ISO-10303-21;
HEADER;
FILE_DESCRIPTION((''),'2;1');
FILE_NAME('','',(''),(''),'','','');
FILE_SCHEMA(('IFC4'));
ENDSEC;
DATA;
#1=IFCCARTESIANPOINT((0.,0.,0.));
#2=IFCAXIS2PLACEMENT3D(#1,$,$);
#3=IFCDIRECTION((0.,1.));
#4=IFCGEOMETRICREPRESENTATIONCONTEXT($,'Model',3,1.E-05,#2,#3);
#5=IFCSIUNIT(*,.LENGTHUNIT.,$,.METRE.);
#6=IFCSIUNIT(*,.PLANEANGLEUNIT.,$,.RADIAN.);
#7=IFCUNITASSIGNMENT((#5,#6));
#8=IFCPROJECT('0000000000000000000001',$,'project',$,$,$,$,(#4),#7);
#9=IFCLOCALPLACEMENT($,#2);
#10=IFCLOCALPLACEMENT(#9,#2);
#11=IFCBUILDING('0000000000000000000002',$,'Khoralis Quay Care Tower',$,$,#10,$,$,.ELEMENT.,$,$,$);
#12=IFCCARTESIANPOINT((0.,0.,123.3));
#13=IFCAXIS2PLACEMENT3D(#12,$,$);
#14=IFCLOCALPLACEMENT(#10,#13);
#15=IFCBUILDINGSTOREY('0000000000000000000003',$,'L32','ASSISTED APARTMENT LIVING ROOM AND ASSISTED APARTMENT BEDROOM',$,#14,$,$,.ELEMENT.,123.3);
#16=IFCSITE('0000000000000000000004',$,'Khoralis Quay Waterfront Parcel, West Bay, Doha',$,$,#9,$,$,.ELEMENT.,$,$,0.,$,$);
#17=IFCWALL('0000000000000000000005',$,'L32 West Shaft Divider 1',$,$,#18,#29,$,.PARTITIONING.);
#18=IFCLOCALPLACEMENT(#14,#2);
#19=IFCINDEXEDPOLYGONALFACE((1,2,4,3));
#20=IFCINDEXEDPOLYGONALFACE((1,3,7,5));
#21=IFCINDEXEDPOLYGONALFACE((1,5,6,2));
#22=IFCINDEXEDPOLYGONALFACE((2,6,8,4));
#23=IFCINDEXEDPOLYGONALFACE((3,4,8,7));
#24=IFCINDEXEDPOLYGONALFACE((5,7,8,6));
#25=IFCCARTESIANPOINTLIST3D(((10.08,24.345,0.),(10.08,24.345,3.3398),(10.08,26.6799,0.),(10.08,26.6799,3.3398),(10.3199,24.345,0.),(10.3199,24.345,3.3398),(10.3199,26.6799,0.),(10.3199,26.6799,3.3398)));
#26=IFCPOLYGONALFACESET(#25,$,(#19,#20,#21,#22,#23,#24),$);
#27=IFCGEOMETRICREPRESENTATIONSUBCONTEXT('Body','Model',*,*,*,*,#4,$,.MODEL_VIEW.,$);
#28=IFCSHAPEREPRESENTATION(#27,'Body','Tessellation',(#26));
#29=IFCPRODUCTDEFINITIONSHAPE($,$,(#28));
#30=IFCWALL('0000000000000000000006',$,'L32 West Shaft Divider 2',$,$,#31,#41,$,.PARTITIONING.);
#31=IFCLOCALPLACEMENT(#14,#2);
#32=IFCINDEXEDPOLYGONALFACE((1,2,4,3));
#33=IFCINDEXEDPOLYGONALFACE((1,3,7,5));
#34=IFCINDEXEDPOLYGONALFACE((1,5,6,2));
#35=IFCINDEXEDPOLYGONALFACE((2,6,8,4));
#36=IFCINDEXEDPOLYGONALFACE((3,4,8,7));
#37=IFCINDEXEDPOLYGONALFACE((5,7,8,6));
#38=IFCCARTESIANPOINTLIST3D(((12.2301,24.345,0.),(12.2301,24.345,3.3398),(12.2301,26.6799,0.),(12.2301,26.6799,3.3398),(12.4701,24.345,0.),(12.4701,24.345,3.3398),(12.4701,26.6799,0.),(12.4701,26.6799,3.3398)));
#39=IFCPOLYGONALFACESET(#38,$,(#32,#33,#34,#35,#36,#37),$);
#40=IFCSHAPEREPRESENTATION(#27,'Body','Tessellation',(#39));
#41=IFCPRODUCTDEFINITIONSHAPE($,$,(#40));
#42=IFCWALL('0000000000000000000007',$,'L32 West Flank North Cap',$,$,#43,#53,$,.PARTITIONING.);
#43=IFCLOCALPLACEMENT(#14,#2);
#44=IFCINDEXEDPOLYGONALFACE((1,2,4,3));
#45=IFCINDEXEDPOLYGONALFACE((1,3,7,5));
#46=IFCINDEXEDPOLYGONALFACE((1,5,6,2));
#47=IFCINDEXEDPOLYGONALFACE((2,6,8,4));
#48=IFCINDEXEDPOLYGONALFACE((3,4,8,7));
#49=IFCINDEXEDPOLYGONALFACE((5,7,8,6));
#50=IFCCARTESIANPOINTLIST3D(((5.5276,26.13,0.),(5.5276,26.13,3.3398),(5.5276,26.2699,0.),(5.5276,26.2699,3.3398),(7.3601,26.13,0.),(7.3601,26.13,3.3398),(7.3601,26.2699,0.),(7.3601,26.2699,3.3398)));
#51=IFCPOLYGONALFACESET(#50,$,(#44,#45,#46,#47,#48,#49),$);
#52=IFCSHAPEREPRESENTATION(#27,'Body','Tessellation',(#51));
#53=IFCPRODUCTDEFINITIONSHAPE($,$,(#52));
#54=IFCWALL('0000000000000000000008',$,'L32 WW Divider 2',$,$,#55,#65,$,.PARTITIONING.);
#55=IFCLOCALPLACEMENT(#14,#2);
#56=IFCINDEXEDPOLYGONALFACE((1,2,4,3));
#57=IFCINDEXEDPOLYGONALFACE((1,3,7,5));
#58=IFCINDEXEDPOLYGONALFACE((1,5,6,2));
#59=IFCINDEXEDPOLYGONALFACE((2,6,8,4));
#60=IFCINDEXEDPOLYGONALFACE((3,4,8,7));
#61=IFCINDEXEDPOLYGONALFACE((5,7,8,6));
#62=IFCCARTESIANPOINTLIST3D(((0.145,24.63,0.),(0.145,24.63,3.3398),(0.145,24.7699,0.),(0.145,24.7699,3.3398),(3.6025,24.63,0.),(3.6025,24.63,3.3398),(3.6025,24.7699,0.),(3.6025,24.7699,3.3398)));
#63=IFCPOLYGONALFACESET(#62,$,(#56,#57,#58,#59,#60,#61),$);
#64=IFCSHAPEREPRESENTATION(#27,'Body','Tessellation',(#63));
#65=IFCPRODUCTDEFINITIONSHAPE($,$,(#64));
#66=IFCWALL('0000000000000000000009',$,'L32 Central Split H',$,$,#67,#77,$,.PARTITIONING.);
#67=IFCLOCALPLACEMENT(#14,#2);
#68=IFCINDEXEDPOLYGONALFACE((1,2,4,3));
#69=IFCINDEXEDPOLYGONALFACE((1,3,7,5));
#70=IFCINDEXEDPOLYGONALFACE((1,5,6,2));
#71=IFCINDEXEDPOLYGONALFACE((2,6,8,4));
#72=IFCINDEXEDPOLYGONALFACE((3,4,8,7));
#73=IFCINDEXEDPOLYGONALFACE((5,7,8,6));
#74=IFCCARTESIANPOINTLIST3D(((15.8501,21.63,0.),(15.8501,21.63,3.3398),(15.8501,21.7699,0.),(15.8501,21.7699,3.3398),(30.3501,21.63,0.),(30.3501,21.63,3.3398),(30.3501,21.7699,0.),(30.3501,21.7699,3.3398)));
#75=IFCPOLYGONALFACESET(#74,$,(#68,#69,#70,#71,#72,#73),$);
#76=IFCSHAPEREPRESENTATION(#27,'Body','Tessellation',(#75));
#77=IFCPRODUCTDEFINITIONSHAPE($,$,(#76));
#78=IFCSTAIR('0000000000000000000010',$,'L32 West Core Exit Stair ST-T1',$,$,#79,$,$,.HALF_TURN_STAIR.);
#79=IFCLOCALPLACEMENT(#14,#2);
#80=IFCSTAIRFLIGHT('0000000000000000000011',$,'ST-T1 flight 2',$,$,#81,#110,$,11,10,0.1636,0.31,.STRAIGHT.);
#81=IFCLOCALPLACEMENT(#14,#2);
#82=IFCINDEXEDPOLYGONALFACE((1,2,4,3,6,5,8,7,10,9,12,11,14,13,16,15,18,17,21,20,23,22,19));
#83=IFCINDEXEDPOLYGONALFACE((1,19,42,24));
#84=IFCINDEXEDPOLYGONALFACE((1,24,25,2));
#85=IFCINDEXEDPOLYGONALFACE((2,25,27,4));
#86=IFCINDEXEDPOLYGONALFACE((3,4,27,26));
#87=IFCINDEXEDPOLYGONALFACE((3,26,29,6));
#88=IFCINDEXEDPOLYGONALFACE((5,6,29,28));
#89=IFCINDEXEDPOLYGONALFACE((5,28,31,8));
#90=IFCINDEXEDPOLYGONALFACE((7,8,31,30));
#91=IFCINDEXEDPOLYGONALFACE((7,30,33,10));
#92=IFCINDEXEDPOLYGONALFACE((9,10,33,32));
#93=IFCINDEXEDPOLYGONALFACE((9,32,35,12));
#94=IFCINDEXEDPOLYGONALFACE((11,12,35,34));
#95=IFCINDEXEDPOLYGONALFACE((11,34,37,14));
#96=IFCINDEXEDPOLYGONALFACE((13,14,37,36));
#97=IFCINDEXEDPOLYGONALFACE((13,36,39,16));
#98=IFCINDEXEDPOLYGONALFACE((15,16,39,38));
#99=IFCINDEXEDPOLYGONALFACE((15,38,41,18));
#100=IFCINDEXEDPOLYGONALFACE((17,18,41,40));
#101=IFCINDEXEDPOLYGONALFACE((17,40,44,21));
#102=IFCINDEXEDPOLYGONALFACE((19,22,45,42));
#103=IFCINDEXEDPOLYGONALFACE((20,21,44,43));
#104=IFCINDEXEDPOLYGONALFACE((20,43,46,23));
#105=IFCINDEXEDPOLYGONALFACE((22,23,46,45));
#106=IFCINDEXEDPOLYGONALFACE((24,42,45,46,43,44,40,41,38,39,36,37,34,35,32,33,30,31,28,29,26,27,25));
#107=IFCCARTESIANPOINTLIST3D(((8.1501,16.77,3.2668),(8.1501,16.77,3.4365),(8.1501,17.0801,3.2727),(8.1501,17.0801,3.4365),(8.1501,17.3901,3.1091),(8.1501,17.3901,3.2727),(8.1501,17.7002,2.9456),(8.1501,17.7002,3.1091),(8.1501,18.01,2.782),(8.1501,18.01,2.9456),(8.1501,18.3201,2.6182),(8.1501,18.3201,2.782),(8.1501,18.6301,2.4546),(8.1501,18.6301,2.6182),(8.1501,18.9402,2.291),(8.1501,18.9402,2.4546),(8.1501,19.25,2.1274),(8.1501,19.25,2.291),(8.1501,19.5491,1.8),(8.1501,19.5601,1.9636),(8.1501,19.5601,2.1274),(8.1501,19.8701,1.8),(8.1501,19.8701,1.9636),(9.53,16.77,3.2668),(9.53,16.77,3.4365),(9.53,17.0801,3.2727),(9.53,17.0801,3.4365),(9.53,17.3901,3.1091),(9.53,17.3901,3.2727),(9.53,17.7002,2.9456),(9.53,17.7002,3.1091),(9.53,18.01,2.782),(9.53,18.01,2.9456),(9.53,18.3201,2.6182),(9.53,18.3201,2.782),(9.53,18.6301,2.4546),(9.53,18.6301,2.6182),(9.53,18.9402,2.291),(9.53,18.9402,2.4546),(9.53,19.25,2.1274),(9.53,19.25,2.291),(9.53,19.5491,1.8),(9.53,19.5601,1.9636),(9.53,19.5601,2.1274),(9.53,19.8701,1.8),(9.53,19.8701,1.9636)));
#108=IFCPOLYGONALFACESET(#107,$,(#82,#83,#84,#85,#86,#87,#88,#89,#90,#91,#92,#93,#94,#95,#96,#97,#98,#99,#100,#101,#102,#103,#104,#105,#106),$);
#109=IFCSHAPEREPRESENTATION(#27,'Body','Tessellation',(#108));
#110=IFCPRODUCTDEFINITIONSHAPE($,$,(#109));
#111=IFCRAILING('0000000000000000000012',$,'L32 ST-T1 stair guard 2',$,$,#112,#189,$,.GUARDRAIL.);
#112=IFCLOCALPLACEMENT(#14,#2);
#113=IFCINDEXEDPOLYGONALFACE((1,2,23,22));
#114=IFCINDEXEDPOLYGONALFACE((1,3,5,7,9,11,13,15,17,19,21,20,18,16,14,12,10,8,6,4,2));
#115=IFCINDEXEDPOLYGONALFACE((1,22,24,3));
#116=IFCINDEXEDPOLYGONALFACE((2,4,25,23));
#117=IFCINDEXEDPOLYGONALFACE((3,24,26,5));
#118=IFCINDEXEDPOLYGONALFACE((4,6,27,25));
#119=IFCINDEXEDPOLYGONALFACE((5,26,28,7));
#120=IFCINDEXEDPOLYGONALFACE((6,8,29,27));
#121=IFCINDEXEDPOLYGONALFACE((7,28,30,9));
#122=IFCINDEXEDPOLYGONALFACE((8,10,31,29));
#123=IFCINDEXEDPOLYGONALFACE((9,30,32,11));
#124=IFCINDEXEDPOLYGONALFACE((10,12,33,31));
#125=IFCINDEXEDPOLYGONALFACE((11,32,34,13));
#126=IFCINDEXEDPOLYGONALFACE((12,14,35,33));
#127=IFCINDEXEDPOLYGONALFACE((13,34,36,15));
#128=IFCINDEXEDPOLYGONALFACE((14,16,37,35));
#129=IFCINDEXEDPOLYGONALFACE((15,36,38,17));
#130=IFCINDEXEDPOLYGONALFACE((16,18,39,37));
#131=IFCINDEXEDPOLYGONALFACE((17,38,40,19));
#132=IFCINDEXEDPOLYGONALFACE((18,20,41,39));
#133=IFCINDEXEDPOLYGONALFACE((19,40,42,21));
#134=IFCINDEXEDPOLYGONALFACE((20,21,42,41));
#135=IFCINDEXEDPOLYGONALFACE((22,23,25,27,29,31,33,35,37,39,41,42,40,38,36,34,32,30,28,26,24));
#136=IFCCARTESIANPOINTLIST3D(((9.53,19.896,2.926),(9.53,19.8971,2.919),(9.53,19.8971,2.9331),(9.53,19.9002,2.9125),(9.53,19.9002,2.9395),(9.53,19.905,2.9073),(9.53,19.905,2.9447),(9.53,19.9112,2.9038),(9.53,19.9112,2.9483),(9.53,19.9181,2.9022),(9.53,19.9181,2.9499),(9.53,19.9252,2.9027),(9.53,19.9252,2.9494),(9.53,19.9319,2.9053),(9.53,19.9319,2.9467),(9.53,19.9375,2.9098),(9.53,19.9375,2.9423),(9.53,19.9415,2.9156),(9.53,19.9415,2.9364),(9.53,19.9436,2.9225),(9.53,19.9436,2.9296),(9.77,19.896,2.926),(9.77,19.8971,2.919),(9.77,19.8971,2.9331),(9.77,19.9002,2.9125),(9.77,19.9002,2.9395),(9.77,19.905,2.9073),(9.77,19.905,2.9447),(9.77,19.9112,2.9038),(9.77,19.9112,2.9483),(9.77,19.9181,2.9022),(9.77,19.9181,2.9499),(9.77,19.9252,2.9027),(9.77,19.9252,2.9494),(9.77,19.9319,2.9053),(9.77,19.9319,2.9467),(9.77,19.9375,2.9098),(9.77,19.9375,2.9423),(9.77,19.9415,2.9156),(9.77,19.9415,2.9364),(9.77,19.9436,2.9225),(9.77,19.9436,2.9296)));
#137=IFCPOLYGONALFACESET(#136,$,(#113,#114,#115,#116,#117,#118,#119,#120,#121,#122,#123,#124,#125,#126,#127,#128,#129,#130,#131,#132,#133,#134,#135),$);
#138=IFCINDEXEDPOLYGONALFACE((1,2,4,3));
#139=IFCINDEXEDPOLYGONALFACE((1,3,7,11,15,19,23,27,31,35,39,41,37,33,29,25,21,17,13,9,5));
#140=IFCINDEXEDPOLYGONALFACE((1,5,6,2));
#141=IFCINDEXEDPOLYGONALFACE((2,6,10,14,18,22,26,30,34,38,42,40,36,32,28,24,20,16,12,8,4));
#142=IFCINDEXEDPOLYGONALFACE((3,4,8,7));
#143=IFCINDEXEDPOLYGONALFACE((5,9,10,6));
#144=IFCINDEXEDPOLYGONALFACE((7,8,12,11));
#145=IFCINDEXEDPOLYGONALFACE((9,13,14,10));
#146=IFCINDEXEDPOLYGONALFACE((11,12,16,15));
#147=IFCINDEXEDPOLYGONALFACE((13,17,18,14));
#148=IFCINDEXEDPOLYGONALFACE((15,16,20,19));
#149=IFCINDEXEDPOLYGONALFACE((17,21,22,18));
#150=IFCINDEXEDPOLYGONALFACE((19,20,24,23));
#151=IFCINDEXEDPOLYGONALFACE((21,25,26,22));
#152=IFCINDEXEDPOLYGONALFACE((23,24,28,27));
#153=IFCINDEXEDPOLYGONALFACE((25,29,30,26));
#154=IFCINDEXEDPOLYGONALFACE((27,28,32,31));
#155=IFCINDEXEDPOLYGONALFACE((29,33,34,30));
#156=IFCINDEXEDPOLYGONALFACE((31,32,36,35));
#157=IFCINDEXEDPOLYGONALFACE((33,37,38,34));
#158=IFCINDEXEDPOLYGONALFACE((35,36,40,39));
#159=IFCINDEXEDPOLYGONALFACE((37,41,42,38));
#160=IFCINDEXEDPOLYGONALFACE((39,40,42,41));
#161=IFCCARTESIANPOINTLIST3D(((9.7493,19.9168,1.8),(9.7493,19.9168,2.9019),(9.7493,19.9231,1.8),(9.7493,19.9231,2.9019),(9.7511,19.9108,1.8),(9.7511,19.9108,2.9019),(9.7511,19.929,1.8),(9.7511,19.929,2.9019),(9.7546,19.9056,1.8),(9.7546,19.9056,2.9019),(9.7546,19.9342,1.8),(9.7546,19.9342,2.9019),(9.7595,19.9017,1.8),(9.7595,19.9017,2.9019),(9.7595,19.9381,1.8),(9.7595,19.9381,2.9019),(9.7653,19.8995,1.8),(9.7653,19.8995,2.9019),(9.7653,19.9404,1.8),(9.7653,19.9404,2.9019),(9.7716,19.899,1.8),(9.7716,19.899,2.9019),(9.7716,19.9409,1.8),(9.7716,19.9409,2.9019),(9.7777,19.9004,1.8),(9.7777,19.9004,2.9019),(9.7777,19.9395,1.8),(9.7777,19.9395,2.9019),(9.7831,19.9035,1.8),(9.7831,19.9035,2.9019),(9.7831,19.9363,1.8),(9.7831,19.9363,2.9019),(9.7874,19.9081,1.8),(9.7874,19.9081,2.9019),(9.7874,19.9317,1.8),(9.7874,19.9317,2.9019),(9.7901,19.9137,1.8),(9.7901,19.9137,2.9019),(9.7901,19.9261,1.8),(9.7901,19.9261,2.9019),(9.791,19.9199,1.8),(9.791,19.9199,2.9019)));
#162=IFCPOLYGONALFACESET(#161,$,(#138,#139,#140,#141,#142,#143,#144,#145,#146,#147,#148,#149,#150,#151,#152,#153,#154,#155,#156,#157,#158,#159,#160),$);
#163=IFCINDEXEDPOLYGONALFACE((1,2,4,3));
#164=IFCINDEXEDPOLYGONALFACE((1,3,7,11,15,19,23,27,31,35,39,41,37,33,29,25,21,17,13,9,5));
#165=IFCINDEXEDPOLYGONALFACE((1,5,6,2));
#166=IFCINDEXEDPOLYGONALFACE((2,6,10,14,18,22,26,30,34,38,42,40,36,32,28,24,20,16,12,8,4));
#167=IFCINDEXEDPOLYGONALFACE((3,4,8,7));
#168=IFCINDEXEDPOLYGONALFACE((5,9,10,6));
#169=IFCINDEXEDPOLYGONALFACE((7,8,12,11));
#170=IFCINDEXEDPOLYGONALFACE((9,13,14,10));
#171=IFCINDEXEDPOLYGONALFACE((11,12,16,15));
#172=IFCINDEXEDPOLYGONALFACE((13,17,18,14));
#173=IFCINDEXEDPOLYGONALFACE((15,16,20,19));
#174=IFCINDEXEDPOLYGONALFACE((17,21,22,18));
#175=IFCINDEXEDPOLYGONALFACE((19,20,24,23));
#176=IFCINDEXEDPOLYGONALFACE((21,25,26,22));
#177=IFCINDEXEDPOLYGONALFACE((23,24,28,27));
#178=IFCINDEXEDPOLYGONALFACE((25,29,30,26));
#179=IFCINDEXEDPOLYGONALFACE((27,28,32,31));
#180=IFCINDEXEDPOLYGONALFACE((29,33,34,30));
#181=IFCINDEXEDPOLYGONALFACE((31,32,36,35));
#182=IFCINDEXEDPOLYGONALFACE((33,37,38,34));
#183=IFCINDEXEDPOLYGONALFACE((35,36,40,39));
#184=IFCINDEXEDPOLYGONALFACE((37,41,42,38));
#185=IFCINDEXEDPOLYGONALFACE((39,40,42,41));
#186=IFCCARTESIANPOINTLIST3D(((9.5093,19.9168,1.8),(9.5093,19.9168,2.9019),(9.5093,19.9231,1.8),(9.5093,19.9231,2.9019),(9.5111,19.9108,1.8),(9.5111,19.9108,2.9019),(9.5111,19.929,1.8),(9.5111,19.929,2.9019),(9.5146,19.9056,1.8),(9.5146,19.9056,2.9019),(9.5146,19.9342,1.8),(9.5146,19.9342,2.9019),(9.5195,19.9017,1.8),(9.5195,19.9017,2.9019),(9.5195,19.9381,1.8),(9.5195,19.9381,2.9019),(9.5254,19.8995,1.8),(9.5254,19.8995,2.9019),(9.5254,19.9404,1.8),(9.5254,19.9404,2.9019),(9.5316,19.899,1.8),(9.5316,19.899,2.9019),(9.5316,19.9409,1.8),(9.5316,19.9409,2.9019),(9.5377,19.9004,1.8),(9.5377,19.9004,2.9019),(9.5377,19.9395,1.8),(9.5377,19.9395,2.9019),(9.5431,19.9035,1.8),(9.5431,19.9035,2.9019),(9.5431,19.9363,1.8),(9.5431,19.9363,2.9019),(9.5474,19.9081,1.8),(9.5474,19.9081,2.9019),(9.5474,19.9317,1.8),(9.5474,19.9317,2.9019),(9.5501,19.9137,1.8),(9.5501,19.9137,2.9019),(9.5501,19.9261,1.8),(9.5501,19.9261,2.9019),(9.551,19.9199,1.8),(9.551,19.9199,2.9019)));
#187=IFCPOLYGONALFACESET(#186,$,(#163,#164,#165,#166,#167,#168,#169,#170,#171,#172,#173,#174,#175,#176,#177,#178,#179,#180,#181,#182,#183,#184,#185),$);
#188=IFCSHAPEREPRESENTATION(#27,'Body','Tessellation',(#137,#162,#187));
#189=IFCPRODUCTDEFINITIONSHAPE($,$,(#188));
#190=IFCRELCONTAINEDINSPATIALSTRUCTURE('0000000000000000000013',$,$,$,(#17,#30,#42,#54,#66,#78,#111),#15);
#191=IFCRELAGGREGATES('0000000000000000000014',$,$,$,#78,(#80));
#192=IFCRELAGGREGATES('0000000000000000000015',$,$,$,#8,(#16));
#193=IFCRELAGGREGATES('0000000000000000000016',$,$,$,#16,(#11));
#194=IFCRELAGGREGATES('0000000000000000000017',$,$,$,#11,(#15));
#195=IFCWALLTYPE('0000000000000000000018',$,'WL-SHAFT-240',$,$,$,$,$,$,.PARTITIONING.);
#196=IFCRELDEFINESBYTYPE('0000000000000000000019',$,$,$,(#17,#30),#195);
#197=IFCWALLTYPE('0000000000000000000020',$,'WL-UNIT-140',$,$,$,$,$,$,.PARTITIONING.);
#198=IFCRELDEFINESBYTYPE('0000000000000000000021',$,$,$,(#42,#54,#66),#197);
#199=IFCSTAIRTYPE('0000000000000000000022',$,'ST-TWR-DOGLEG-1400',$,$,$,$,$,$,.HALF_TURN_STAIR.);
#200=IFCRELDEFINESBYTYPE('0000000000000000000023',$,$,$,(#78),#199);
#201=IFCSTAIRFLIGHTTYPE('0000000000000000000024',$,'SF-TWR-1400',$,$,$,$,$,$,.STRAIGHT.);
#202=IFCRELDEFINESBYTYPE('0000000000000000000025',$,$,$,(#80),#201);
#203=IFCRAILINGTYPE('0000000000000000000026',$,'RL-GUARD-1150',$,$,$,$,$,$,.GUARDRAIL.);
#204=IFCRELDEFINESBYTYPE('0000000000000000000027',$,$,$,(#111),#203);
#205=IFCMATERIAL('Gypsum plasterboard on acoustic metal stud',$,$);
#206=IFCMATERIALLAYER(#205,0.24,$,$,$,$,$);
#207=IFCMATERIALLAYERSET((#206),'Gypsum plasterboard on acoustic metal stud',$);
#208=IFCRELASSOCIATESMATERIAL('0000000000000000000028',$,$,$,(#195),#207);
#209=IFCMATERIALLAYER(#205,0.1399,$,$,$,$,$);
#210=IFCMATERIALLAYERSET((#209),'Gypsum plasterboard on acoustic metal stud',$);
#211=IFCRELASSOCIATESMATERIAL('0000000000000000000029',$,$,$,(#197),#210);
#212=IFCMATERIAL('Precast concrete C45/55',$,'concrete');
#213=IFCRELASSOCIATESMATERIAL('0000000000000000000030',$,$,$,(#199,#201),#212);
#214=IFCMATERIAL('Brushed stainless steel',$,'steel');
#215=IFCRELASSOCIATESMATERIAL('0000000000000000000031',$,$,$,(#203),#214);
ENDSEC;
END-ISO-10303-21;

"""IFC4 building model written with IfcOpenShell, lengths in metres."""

from ifc_helpers import new_model, si_unit, direction, frame, frame_2d, origin, origin_2d, place, context, subcontext, project, spatial, polyline, rectangle, circle, outline, extrude, source, transform, mapped, material, layer, layer_set, type_object, element, aggregate, save


model = new_model("IFC4")

# Units and contexts
model_context = context("Model", 3, precision=1e-05, world=origin(), true_north=direction((0.0, 1.0)))
body_context = subcontext(model_context, "Body", "Model", "MODEL_VIEW")
ifc_project = project(units=[si_unit("LENGTHUNIT", "METRE"), si_unit("PLANEANGLEUNIT", "RADIAN")], contexts=[model_context])

# Site, building, storey
site_placement = place(None, origin())
site = spatial("IfcSite", under=ifc_project, at=site_placement, Name="Khoralis Quay Waterfront Parcel, West Bay, Doha", CompositionType="ELEMENT", RefElevation=0.0)
building_placement = place(site_placement, origin())
building = spatial("IfcBuilding", under=site, at=building_placement, Name="Khoralis Quay Care Tower", CompositionType="ELEMENT")
storey_placement = place(building_placement, frame((0.0, 0.0, 123.3)))
storey = spatial("IfcBuildingStorey", under=building, at=storey_placement, Name="L32", Description="ASSISTED APARTMENT LIVING ROOM AND ASSISTED APARTMENT BEDROOM", CompositionType="ELEMENT", Elevation=123.3)

# Shared definitions
ifc_material_1 = material(Name="Brushed stainless steel", Category="steel")

# Walls
ifc_material_2 = material(Name="Gypsum plasterboard on acoustic metal stud")
ifc_layer_1 = layer(ifc_material_2, 0.24)
ifc_layer_set_1 = layer_set([ifc_layer_1], Name="Gypsum plasterboard on acoustic metal stud")
wall_type_1 = type_object("IfcWallType", Name="WL-SHAFT-240", PredefinedType="PARTITIONING", material=ifc_layer_set_1)
for number, where, z_axis, x_axis, name in (
    (1, (10.2, 24.345, 0.0), (0.0, 0.0, 1.0), (0.0, 1.0, 0.0), "L32 West Shaft Divider 1"),
    (2, (12.3501, 24.345, 0.0), (0.0, 0.0, 1.0), (0.0, 1.0, 0.0), "L32 West Shaft Divider 2"),
):
    element("IfcWall", number, at=place(storey_placement, frame(where, z_axis=z_axis, x_axis=x_axis)), inside=storey, type_object=wall_type_1, Name=name, PredefinedType="PARTITIONING", context=body_context, shape_type="SweptSolid", body=[
        extrude(rectangle(XDim=2.335, YDim=0.24, at=frame_2d((1.1675, 0.0))), origin(), (0.0, 0.0, 1.0), 3.3398),
    ])
ifc_layer_2 = layer(ifc_material_2, 0.1399)
ifc_layer_set_2 = layer_set([ifc_layer_2], Name="Gypsum plasterboard on acoustic metal stud")
wall_type_2 = type_object("IfcWallType", Name="WL-UNIT-140", PredefinedType="PARTITIONING", material=ifc_layer_set_2)
wall_1_placement = place(storey_placement, frame((5.5276, 26.2, 0.0), z_axis=(0.0, 0.0, 1.0), x_axis=(1.0, 0.0, 0.0)))
element("IfcWall", 3, at=wall_1_placement, inside=storey, type_object=wall_type_2, Name="L32 West Flank North Cap", PredefinedType="PARTITIONING", context=body_context, shape_type="SweptSolid", body=[
    extrude(rectangle(XDim=1.8325, YDim=0.1399, at=frame_2d((0.9163, 0.0))), origin(), (0.0, 0.0, 1.0), 3.3398),
])
wall_2_placement = place(storey_placement, frame((0.145, 24.7, 0.0), z_axis=(0.0, 0.0, 1.0), x_axis=(1.0, 0.0, 0.0)))
element("IfcWall", 4, at=wall_2_placement, inside=storey, type_object=wall_type_2, Name="L32 WW Divider 2", PredefinedType="PARTITIONING", context=body_context, shape_type="SweptSolid", body=[
    extrude(rectangle(XDim=3.4575, YDim=0.1399, at=frame_2d((1.7288, 0.0))), origin(), (0.0, 0.0, 1.0), 3.3398),
])
wall_3_placement = place(storey_placement, frame((15.8501, 21.7, 0.0), z_axis=(0.0, 0.0, 1.0), x_axis=(1.0, 0.0, 0.0)))
element("IfcWall", 5, at=wall_3_placement, inside=storey, type_object=wall_type_2, Name="L32 Central Split H", PredefinedType="PARTITIONING", context=body_context, shape_type="SweptSolid", body=[
    extrude(rectangle(XDim=14.5, YDim=0.1399, at=frame_2d((7.25, 0.0))), origin(), (0.0, 0.0, 1.0), 3.3398),
])

# Stair, stair flight
ifc_material_3 = material(Name="Precast concrete C45/55", Category="concrete")
stair_type = type_object("IfcStairType", Name="ST-TWR-DOGLEG-1400", PredefinedType="HALF_TURN_STAIR", material=ifc_material_3)
stair_placement = place(storey_placement, origin())
stair = element("IfcStair", 6, at=stair_placement, inside=storey, type_object=stair_type, Name="L32 West Core Exit Stair ST-T1", PredefinedType="HALF_TURN_STAIR")
stair_flight_type = type_object("IfcStairFlightType", Name="SF-TWR-1400", PredefinedType="STRAIGHT", material=ifc_material_3)
shared_shape_1 = source(origin(), body_context, "Body", "SweptSolid", [
    extrude(outline(polyline([(0.0, 0.0), (0.0, 0.1636), (0.3101, 0.1636), (0.3101, 0.3274), (0.6201, 0.3274), (0.6201, 0.491), (0.9299, 0.491), (0.9299, 0.6545), (1.24, 0.6545), (1.24, 0.8181), (1.55, 0.8181), (1.55, 0.9819), (1.8601, 0.9819), (1.8601, 1.1455), (2.1699, 1.1455), (2.1699, 1.3091), (2.48, 1.3091), (2.48, 1.4727), (2.79, 1.4727), (2.79, 1.6365), (3.1001, 1.6365), (3.1001, 1.8), (3.1001, 1.4668), (0.321, 0.0), (0.0, 0.0)])), frame((0.0, 0.6899, 0.0), z_axis=(0.0, -1.0, 0.0), x_axis=(1.0, 0.0, 0.0)), (0.0, 0.0, 1.0), 1.3799),
])
stair_flight_placement = place(storey_placement, frame((8.8401, 19.8701, 1.8), z_axis=(0.0, 0.0, 1.0), x_axis=(0.0, -1.0, 0.0)))
stair_flight = element("IfcStairFlight", 7, at=stair_flight_placement, type_object=stair_flight_type, Name="ST-T1 flight 2", NumberOfRisers=11, NumberOfTreads=10, PredefinedType="STRAIGHT", RiserHeight=0.1636, TreadLength=0.31, context=body_context, shape_type="MappedRepresentation", body=[
    mapped(shared_shape_1, transform((0.0, 0.0, 0.0), scale=1.0)),
])
aggregate(stair, [stair_flight])

# Railing
railing_type_1 = type_object("IfcRailingType", Name="RL-GUARD-1150", PredefinedType="GUARDRAIL", material=ifc_material_1)
railing_1_placement = place(storey_placement, frame((9.77, 19.9199, 1.8)))
element("IfcRailing", 8, at=railing_1_placement, inside=storey, type_object=railing_type_1, Name="L32 ST-T1 stair guard 2", PredefinedType="GUARDRAIL", context=body_context, shape_type="SweptSolid", body=[
    extrude(circle(Radius=0.0239, at=origin_2d()), frame((0.0, 0.0, 1.126), z_axis=(-1.0, 0.0, 0.0), x_axis=(0.0, -1.0, 0.0)), (0.0, 0.0, 1.0), 0.24),
    extrude(circle(Radius=0.021, at=origin_2d()), origin(), (0.0, 0.0, 1.0), 1.1018),
    extrude(circle(Radius=0.021, at=origin_2d()), frame((-0.24, 0.0, 0.0)), (0.0, 0.0, 1.0), 1.1018),
])

save(model, "model.ifc")
